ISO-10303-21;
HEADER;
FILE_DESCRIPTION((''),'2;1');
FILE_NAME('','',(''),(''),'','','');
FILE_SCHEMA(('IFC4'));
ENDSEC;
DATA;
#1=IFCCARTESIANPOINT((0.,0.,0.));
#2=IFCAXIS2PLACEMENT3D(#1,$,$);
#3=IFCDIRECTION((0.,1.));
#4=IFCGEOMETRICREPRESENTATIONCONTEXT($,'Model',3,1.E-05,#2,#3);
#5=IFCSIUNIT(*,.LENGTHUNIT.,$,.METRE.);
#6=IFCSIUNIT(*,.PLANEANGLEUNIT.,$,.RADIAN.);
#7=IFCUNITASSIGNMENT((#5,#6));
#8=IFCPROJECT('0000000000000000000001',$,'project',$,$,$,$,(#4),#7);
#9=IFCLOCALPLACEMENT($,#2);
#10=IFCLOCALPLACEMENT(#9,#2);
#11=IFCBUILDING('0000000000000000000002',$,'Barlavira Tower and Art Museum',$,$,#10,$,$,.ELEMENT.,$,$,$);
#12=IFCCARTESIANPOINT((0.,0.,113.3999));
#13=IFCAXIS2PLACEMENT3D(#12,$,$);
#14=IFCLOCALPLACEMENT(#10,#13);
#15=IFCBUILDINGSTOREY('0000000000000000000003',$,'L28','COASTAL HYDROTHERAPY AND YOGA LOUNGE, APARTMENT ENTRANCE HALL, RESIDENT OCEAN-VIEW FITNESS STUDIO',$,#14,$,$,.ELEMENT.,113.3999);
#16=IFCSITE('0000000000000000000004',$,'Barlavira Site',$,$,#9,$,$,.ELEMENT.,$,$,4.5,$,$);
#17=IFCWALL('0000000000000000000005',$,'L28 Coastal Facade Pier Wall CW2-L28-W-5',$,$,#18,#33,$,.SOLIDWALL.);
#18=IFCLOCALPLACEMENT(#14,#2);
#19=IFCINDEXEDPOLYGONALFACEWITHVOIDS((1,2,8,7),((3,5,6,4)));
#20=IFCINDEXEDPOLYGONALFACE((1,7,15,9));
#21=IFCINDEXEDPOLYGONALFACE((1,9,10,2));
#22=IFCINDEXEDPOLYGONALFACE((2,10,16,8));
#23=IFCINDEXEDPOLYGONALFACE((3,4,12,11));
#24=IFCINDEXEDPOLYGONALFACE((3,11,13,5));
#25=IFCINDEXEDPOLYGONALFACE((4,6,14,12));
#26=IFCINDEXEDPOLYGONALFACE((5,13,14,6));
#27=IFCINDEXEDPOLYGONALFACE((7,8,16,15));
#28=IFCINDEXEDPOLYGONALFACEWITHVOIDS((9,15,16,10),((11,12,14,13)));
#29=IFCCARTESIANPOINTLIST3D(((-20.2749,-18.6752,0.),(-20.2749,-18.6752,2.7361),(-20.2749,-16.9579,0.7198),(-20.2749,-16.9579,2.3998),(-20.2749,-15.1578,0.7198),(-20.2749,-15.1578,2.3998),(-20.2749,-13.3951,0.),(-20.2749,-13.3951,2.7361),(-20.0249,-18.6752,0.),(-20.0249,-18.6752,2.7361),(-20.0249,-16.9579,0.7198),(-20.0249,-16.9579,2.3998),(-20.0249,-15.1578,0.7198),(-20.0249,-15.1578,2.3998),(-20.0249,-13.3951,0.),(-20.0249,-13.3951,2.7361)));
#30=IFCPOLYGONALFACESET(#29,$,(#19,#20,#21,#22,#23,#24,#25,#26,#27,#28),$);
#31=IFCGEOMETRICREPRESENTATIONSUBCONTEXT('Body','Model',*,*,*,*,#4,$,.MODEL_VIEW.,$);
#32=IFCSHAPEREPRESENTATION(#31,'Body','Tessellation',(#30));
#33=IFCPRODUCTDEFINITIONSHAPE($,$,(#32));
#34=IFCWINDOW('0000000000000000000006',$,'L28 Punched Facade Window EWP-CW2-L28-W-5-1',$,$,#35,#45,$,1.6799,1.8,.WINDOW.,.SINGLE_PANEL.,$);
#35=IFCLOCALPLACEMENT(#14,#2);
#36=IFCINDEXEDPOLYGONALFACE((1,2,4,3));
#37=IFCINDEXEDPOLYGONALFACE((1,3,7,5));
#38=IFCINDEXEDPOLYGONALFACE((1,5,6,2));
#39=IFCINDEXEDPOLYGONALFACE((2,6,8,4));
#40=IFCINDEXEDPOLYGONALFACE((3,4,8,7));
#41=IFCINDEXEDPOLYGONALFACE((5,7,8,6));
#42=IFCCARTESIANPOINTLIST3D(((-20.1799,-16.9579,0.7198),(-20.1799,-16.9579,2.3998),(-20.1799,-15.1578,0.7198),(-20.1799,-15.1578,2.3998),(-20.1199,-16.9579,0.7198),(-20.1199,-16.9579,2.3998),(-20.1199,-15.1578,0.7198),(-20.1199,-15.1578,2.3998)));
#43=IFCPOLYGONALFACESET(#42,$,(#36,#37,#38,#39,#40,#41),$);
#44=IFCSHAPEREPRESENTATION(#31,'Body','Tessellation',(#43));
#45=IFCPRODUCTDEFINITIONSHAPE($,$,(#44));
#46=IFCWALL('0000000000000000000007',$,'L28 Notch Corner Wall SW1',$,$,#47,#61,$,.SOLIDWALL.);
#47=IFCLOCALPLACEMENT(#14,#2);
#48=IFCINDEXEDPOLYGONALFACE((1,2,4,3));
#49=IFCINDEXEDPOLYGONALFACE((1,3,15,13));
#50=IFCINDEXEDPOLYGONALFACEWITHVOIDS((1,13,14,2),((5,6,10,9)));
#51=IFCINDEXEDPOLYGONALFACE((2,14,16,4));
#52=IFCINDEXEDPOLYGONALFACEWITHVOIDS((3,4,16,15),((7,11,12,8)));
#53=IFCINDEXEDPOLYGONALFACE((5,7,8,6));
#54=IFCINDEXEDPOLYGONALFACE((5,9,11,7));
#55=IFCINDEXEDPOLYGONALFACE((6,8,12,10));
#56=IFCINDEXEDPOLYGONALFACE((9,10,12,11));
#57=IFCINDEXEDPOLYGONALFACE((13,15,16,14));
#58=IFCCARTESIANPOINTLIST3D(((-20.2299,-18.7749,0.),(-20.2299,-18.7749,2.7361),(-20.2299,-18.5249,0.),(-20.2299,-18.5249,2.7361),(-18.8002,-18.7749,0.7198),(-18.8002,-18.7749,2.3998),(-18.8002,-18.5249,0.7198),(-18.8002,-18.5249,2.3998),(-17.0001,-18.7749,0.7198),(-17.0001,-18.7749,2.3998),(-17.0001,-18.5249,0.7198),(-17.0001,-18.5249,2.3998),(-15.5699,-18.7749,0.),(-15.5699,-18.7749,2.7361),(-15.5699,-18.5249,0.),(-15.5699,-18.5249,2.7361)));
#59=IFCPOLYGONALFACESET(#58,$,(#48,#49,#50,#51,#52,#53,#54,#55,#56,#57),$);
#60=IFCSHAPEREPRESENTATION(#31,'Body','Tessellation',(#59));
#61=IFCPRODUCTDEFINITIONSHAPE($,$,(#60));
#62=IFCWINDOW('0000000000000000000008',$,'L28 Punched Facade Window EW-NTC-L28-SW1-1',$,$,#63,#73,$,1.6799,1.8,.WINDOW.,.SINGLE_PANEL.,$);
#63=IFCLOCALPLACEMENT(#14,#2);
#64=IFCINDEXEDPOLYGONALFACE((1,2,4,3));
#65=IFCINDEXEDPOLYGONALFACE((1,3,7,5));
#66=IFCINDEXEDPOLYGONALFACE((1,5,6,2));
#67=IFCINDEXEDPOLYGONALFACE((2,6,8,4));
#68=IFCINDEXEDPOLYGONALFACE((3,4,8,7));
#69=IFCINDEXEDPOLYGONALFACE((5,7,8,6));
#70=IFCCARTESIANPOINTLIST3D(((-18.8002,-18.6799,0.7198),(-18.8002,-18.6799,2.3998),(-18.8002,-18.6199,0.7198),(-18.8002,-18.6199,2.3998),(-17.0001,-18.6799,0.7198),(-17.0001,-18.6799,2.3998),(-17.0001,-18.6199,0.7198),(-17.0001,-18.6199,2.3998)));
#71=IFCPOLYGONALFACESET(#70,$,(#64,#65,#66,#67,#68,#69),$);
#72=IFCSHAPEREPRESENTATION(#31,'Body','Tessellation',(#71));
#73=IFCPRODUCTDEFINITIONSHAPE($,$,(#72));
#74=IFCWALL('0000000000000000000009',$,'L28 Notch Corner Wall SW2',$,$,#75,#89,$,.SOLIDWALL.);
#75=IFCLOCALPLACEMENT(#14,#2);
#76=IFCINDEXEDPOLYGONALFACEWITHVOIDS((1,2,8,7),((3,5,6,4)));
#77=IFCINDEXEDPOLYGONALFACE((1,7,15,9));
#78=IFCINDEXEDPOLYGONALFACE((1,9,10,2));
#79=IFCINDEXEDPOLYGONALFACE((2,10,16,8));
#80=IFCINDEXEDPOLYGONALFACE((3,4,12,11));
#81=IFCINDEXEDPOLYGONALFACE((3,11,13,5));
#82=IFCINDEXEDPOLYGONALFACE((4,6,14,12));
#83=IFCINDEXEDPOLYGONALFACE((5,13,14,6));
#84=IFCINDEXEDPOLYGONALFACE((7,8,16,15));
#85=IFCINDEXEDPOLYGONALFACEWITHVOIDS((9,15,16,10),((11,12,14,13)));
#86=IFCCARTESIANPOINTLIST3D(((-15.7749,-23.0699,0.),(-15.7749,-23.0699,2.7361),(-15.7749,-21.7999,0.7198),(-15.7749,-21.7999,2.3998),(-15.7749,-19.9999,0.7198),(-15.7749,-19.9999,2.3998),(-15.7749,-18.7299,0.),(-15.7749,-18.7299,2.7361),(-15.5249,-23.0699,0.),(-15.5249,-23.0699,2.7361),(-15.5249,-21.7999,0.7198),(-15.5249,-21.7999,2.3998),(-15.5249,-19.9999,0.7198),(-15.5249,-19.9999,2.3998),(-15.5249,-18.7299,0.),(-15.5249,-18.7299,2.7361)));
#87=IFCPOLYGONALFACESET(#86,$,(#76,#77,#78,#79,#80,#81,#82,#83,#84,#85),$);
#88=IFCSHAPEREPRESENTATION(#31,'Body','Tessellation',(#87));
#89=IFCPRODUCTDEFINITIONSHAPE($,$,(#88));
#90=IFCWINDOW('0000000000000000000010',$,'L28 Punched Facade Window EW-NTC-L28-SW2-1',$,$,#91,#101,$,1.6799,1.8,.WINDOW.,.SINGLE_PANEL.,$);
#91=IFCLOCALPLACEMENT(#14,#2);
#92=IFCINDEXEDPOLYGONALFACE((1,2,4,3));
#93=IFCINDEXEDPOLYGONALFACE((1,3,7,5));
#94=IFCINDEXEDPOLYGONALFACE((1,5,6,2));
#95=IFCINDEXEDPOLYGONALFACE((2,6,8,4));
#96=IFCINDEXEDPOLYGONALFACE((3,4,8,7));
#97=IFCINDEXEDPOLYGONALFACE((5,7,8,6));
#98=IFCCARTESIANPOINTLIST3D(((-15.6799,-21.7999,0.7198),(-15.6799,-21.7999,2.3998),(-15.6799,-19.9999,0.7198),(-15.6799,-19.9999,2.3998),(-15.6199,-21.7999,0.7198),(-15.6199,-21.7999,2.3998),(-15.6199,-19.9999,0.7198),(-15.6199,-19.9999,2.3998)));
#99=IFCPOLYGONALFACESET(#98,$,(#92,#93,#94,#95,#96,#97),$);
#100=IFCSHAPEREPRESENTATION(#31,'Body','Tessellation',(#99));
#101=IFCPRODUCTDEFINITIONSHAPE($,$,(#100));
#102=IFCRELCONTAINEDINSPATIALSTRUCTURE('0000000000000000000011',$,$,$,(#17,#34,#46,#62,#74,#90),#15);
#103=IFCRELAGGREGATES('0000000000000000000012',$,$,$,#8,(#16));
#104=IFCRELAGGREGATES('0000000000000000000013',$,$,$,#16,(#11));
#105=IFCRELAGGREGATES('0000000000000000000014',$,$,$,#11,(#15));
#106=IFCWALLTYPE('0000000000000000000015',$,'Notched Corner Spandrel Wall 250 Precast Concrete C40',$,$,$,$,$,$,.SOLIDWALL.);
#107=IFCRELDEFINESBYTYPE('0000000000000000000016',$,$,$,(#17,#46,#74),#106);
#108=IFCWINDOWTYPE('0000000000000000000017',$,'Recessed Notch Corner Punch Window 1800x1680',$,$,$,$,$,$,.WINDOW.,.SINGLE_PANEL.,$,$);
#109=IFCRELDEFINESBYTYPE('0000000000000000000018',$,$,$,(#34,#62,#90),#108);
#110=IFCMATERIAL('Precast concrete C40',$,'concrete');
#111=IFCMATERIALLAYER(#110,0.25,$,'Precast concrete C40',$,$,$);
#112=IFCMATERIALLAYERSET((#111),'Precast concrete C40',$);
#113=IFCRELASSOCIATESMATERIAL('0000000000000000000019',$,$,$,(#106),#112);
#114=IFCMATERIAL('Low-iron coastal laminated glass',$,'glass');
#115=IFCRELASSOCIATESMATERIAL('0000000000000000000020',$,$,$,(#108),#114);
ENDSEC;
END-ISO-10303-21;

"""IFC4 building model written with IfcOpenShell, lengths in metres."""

from ifc_helpers import new_model, si_unit, direction, frame, frame_2d, origin, place, context, subcontext, project, spatial, rectangle, extrude, material, layer, layer_set, type_object, element, fill, save


model = new_model("IFC4")

# Units and contexts
model_context = context("Model", 3, precision=1e-05, world=origin(), true_north=direction((0.0, 1.0)))
body_context = subcontext(model_context, "Body", "Model", "MODEL_VIEW")
ifc_project = project(units=[si_unit("LENGTHUNIT", "METRE"), si_unit("PLANEANGLEUNIT", "RADIAN")], contexts=[model_context])

# Site, building, storey
site_placement = place(None, origin())
site = spatial("IfcSite", under=ifc_project, at=site_placement, Name="Barlavira Site", CompositionType="ELEMENT", RefElevation=4.5)
building_placement = place(site_placement, origin())
building = spatial("IfcBuilding", under=site, at=building_placement, Name="Barlavira Tower and Art Museum", CompositionType="ELEMENT")
storey_placement = place(building_placement, frame((0.0, 0.0, 113.3999)))
storey = spatial("IfcBuildingStorey", under=building, at=storey_placement, Name="L28", Description="COASTAL HYDROTHERAPY AND YOGA LOUNGE, APARTMENT ENTRANCE HALL, RESIDENT OCEAN-VIEW FITNESS STUDIO", CompositionType="ELEMENT", Elevation=113.3999)

# Walls, openings, windows
ifc_material_1 = material(Name="Precast concrete C40", Category="concrete")
ifc_layer_1 = layer(ifc_material_1, 0.25, Name="Precast concrete C40")
ifc_layer_set_1 = layer_set([ifc_layer_1], Name="Precast concrete C40")
wall_type_1 = type_object("IfcWallType", Name="Notched Corner Spandrel Wall 250 Precast Concrete C40", PredefinedType="SOLIDWALL", material=ifc_layer_set_1)
ifc_material_2 = material(Name="Low-iron coastal laminated glass", Category="glass")
window_type = type_object("IfcWindowType", Name="Recessed Notch Corner Punch Window 1800x1680", PartitioningType="SINGLE_PANEL", PredefinedType="WINDOW", material=ifc_material_2)
wall_1_placement = place(storey_placement, frame((-20.1499, -13.395, 0.0), z_axis=(0.0, 0.0, 1.0), x_axis=(0.0, -1.0, 0.0)))
wall_1 = element("IfcWall", 1, at=wall_1_placement, inside=storey, type_object=wall_type_1, Name="L28 Coastal Facade Pier Wall CW2-L28-W-5", PredefinedType="SOLIDWALL", context=body_context, shape_type="SweptSolid", body=[
    extrude(rectangle(XDim=5.28, YDim=0.25, at=frame_2d((2.6401, 0.0))), origin(), (0.0, 0.0, 1.0), 2.7361),
])
opening_1_placement = place(wall_1_placement, frame((1.7629, 0.0, 0.72)))
opening_1 = element("IfcOpeningElement", 2, at=opening_1_placement, cuts=wall_1, PredefinedType="OPENING", context=body_context, shape_type="SweptSolid", body=[
    extrude(rectangle(XDim=1.8, YDim=1.6799, at=frame_2d((0.8999, 0.8398))), frame((0.0, 0.135, 0.0), z_axis=(0.0, -1.0, 0.0), x_axis=(1.0, 0.0, 0.0)), (0.0, 0.0, 1.0), 0.27),
])
window_1_placement = place(opening_1_placement, origin())
window_1 = element("IfcWindow", 3, at=window_1_placement, inside=storey, type_object=window_type, Name="L28 Punched Facade Window EWP-CW2-L28-W-5-1", OverallHeight=1.6799, OverallWidth=1.8, PartitioningType="SINGLE_PANEL", PredefinedType="WINDOW", context=body_context, shape_type="SweptSolid", body=[
    extrude(rectangle(XDim=1.8, YDim=1.6799, at=frame_2d((0.8999, 0.8398))), frame((0.0, 0.03, 0.0), z_axis=(0.0, -1.0, 0.0), x_axis=(1.0, 0.0, 0.0)), (0.0, 0.0, 1.0), 0.0601),
])
fill(opening_1, window_1)
wall_2_placement = place(storey_placement, frame((-20.23, -18.6499, 0.0), z_axis=(0.0, 0.0, 1.0), x_axis=(1.0, 0.0, 0.0)))
wall_2 = element("IfcWall", 4, at=wall_2_placement, inside=storey, type_object=wall_type_1, Name="L28 Notch Corner Wall SW1", PredefinedType="SOLIDWALL", context=body_context, shape_type="SweptSolid", body=[
    extrude(rectangle(XDim=4.6599, YDim=0.25, at=frame_2d((2.3301, 0.0))), origin(), (0.0, 0.0, 1.0), 2.7361),
])
opening_2_placement = place(wall_2_placement, frame((1.4299, 0.0, 0.72)))
opening_2 = element("IfcOpeningElement", 5, at=opening_2_placement, cuts=wall_2, PredefinedType="OPENING", context=body_context, shape_type="SweptSolid", body=[
    extrude(rectangle(XDim=1.8, YDim=1.6799, at=frame_2d((0.8999, 0.8398))), frame((0.0, 0.135, 0.0), z_axis=(0.0, -1.0, 0.0), x_axis=(1.0, 0.0, 0.0)), (0.0, 0.0, 1.0), 0.27),
])
window_2_placement = place(opening_2_placement, origin())
window_2 = element("IfcWindow", 6, at=window_2_placement, inside=storey, type_object=window_type, Name="L28 Punched Facade Window EW-NTC-L28-SW1-1", OverallHeight=1.6799, OverallWidth=1.8, PartitioningType="SINGLE_PANEL", PredefinedType="WINDOW", context=body_context, shape_type="SweptSolid", body=[
    extrude(rectangle(XDim=1.8, YDim=1.6799, at=frame_2d((0.8999, 0.8398))), frame((0.0, 0.03, 0.0), z_axis=(0.0, -1.0, 0.0), x_axis=(1.0, 0.0, 0.0)), (0.0, 0.0, 1.0), 0.0601),
])
fill(opening_2, window_2)
wall_3_placement = place(storey_placement, frame((-15.6499, -18.73, 0.0), z_axis=(0.0, 0.0, 1.0), x_axis=(0.0, -1.0, 0.0)))
wall_3 = element("IfcWall", 7, at=wall_3_placement, inside=storey, type_object=wall_type_1, Name="L28 Notch Corner Wall SW2", PredefinedType="SOLIDWALL", context=body_context, shape_type="SweptSolid", body=[
    extrude(rectangle(XDim=4.3401, YDim=0.25, at=frame_2d((2.1699, 0.0))), origin(), (0.0, 0.0, 1.0), 2.7361),
])
opening_3_placement = place(wall_3_placement, frame((1.27, 0.0, 0.72)))
opening_3 = element("IfcOpeningElement", 8, at=opening_3_placement, cuts=wall_3, PredefinedType="OPENING", context=body_context, shape_type="SweptSolid", body=[
    extrude(rectangle(XDim=1.8, YDim=1.6799, at=frame_2d((0.8999, 0.8398))), frame((0.0, 0.135, 0.0), z_axis=(0.0, -1.0, 0.0), x_axis=(1.0, 0.0, 0.0)), (0.0, 0.0, 1.0), 0.27),
])
window_3_placement = place(opening_3_placement, origin())
window_3 = element("IfcWindow", 9, at=window_3_placement, inside=storey, type_object=window_type, Name="L28 Punched Facade Window EW-NTC-L28-SW2-1", OverallHeight=1.6799, OverallWidth=1.8, PartitioningType="SINGLE_PANEL", PredefinedType="WINDOW", context=body_context, shape_type="SweptSolid", body=[
    extrude(rectangle(XDim=1.8, YDim=1.6799, at=frame_2d((0.8999, 0.8398))), frame((0.0, 0.03, 0.0), z_axis=(0.0, -1.0, 0.0), x_axis=(1.0, 0.0, 0.0)), (0.0, 0.0, 1.0), 0.0601),
])
fill(opening_3, window_3)

save(model, "model.ifc")
